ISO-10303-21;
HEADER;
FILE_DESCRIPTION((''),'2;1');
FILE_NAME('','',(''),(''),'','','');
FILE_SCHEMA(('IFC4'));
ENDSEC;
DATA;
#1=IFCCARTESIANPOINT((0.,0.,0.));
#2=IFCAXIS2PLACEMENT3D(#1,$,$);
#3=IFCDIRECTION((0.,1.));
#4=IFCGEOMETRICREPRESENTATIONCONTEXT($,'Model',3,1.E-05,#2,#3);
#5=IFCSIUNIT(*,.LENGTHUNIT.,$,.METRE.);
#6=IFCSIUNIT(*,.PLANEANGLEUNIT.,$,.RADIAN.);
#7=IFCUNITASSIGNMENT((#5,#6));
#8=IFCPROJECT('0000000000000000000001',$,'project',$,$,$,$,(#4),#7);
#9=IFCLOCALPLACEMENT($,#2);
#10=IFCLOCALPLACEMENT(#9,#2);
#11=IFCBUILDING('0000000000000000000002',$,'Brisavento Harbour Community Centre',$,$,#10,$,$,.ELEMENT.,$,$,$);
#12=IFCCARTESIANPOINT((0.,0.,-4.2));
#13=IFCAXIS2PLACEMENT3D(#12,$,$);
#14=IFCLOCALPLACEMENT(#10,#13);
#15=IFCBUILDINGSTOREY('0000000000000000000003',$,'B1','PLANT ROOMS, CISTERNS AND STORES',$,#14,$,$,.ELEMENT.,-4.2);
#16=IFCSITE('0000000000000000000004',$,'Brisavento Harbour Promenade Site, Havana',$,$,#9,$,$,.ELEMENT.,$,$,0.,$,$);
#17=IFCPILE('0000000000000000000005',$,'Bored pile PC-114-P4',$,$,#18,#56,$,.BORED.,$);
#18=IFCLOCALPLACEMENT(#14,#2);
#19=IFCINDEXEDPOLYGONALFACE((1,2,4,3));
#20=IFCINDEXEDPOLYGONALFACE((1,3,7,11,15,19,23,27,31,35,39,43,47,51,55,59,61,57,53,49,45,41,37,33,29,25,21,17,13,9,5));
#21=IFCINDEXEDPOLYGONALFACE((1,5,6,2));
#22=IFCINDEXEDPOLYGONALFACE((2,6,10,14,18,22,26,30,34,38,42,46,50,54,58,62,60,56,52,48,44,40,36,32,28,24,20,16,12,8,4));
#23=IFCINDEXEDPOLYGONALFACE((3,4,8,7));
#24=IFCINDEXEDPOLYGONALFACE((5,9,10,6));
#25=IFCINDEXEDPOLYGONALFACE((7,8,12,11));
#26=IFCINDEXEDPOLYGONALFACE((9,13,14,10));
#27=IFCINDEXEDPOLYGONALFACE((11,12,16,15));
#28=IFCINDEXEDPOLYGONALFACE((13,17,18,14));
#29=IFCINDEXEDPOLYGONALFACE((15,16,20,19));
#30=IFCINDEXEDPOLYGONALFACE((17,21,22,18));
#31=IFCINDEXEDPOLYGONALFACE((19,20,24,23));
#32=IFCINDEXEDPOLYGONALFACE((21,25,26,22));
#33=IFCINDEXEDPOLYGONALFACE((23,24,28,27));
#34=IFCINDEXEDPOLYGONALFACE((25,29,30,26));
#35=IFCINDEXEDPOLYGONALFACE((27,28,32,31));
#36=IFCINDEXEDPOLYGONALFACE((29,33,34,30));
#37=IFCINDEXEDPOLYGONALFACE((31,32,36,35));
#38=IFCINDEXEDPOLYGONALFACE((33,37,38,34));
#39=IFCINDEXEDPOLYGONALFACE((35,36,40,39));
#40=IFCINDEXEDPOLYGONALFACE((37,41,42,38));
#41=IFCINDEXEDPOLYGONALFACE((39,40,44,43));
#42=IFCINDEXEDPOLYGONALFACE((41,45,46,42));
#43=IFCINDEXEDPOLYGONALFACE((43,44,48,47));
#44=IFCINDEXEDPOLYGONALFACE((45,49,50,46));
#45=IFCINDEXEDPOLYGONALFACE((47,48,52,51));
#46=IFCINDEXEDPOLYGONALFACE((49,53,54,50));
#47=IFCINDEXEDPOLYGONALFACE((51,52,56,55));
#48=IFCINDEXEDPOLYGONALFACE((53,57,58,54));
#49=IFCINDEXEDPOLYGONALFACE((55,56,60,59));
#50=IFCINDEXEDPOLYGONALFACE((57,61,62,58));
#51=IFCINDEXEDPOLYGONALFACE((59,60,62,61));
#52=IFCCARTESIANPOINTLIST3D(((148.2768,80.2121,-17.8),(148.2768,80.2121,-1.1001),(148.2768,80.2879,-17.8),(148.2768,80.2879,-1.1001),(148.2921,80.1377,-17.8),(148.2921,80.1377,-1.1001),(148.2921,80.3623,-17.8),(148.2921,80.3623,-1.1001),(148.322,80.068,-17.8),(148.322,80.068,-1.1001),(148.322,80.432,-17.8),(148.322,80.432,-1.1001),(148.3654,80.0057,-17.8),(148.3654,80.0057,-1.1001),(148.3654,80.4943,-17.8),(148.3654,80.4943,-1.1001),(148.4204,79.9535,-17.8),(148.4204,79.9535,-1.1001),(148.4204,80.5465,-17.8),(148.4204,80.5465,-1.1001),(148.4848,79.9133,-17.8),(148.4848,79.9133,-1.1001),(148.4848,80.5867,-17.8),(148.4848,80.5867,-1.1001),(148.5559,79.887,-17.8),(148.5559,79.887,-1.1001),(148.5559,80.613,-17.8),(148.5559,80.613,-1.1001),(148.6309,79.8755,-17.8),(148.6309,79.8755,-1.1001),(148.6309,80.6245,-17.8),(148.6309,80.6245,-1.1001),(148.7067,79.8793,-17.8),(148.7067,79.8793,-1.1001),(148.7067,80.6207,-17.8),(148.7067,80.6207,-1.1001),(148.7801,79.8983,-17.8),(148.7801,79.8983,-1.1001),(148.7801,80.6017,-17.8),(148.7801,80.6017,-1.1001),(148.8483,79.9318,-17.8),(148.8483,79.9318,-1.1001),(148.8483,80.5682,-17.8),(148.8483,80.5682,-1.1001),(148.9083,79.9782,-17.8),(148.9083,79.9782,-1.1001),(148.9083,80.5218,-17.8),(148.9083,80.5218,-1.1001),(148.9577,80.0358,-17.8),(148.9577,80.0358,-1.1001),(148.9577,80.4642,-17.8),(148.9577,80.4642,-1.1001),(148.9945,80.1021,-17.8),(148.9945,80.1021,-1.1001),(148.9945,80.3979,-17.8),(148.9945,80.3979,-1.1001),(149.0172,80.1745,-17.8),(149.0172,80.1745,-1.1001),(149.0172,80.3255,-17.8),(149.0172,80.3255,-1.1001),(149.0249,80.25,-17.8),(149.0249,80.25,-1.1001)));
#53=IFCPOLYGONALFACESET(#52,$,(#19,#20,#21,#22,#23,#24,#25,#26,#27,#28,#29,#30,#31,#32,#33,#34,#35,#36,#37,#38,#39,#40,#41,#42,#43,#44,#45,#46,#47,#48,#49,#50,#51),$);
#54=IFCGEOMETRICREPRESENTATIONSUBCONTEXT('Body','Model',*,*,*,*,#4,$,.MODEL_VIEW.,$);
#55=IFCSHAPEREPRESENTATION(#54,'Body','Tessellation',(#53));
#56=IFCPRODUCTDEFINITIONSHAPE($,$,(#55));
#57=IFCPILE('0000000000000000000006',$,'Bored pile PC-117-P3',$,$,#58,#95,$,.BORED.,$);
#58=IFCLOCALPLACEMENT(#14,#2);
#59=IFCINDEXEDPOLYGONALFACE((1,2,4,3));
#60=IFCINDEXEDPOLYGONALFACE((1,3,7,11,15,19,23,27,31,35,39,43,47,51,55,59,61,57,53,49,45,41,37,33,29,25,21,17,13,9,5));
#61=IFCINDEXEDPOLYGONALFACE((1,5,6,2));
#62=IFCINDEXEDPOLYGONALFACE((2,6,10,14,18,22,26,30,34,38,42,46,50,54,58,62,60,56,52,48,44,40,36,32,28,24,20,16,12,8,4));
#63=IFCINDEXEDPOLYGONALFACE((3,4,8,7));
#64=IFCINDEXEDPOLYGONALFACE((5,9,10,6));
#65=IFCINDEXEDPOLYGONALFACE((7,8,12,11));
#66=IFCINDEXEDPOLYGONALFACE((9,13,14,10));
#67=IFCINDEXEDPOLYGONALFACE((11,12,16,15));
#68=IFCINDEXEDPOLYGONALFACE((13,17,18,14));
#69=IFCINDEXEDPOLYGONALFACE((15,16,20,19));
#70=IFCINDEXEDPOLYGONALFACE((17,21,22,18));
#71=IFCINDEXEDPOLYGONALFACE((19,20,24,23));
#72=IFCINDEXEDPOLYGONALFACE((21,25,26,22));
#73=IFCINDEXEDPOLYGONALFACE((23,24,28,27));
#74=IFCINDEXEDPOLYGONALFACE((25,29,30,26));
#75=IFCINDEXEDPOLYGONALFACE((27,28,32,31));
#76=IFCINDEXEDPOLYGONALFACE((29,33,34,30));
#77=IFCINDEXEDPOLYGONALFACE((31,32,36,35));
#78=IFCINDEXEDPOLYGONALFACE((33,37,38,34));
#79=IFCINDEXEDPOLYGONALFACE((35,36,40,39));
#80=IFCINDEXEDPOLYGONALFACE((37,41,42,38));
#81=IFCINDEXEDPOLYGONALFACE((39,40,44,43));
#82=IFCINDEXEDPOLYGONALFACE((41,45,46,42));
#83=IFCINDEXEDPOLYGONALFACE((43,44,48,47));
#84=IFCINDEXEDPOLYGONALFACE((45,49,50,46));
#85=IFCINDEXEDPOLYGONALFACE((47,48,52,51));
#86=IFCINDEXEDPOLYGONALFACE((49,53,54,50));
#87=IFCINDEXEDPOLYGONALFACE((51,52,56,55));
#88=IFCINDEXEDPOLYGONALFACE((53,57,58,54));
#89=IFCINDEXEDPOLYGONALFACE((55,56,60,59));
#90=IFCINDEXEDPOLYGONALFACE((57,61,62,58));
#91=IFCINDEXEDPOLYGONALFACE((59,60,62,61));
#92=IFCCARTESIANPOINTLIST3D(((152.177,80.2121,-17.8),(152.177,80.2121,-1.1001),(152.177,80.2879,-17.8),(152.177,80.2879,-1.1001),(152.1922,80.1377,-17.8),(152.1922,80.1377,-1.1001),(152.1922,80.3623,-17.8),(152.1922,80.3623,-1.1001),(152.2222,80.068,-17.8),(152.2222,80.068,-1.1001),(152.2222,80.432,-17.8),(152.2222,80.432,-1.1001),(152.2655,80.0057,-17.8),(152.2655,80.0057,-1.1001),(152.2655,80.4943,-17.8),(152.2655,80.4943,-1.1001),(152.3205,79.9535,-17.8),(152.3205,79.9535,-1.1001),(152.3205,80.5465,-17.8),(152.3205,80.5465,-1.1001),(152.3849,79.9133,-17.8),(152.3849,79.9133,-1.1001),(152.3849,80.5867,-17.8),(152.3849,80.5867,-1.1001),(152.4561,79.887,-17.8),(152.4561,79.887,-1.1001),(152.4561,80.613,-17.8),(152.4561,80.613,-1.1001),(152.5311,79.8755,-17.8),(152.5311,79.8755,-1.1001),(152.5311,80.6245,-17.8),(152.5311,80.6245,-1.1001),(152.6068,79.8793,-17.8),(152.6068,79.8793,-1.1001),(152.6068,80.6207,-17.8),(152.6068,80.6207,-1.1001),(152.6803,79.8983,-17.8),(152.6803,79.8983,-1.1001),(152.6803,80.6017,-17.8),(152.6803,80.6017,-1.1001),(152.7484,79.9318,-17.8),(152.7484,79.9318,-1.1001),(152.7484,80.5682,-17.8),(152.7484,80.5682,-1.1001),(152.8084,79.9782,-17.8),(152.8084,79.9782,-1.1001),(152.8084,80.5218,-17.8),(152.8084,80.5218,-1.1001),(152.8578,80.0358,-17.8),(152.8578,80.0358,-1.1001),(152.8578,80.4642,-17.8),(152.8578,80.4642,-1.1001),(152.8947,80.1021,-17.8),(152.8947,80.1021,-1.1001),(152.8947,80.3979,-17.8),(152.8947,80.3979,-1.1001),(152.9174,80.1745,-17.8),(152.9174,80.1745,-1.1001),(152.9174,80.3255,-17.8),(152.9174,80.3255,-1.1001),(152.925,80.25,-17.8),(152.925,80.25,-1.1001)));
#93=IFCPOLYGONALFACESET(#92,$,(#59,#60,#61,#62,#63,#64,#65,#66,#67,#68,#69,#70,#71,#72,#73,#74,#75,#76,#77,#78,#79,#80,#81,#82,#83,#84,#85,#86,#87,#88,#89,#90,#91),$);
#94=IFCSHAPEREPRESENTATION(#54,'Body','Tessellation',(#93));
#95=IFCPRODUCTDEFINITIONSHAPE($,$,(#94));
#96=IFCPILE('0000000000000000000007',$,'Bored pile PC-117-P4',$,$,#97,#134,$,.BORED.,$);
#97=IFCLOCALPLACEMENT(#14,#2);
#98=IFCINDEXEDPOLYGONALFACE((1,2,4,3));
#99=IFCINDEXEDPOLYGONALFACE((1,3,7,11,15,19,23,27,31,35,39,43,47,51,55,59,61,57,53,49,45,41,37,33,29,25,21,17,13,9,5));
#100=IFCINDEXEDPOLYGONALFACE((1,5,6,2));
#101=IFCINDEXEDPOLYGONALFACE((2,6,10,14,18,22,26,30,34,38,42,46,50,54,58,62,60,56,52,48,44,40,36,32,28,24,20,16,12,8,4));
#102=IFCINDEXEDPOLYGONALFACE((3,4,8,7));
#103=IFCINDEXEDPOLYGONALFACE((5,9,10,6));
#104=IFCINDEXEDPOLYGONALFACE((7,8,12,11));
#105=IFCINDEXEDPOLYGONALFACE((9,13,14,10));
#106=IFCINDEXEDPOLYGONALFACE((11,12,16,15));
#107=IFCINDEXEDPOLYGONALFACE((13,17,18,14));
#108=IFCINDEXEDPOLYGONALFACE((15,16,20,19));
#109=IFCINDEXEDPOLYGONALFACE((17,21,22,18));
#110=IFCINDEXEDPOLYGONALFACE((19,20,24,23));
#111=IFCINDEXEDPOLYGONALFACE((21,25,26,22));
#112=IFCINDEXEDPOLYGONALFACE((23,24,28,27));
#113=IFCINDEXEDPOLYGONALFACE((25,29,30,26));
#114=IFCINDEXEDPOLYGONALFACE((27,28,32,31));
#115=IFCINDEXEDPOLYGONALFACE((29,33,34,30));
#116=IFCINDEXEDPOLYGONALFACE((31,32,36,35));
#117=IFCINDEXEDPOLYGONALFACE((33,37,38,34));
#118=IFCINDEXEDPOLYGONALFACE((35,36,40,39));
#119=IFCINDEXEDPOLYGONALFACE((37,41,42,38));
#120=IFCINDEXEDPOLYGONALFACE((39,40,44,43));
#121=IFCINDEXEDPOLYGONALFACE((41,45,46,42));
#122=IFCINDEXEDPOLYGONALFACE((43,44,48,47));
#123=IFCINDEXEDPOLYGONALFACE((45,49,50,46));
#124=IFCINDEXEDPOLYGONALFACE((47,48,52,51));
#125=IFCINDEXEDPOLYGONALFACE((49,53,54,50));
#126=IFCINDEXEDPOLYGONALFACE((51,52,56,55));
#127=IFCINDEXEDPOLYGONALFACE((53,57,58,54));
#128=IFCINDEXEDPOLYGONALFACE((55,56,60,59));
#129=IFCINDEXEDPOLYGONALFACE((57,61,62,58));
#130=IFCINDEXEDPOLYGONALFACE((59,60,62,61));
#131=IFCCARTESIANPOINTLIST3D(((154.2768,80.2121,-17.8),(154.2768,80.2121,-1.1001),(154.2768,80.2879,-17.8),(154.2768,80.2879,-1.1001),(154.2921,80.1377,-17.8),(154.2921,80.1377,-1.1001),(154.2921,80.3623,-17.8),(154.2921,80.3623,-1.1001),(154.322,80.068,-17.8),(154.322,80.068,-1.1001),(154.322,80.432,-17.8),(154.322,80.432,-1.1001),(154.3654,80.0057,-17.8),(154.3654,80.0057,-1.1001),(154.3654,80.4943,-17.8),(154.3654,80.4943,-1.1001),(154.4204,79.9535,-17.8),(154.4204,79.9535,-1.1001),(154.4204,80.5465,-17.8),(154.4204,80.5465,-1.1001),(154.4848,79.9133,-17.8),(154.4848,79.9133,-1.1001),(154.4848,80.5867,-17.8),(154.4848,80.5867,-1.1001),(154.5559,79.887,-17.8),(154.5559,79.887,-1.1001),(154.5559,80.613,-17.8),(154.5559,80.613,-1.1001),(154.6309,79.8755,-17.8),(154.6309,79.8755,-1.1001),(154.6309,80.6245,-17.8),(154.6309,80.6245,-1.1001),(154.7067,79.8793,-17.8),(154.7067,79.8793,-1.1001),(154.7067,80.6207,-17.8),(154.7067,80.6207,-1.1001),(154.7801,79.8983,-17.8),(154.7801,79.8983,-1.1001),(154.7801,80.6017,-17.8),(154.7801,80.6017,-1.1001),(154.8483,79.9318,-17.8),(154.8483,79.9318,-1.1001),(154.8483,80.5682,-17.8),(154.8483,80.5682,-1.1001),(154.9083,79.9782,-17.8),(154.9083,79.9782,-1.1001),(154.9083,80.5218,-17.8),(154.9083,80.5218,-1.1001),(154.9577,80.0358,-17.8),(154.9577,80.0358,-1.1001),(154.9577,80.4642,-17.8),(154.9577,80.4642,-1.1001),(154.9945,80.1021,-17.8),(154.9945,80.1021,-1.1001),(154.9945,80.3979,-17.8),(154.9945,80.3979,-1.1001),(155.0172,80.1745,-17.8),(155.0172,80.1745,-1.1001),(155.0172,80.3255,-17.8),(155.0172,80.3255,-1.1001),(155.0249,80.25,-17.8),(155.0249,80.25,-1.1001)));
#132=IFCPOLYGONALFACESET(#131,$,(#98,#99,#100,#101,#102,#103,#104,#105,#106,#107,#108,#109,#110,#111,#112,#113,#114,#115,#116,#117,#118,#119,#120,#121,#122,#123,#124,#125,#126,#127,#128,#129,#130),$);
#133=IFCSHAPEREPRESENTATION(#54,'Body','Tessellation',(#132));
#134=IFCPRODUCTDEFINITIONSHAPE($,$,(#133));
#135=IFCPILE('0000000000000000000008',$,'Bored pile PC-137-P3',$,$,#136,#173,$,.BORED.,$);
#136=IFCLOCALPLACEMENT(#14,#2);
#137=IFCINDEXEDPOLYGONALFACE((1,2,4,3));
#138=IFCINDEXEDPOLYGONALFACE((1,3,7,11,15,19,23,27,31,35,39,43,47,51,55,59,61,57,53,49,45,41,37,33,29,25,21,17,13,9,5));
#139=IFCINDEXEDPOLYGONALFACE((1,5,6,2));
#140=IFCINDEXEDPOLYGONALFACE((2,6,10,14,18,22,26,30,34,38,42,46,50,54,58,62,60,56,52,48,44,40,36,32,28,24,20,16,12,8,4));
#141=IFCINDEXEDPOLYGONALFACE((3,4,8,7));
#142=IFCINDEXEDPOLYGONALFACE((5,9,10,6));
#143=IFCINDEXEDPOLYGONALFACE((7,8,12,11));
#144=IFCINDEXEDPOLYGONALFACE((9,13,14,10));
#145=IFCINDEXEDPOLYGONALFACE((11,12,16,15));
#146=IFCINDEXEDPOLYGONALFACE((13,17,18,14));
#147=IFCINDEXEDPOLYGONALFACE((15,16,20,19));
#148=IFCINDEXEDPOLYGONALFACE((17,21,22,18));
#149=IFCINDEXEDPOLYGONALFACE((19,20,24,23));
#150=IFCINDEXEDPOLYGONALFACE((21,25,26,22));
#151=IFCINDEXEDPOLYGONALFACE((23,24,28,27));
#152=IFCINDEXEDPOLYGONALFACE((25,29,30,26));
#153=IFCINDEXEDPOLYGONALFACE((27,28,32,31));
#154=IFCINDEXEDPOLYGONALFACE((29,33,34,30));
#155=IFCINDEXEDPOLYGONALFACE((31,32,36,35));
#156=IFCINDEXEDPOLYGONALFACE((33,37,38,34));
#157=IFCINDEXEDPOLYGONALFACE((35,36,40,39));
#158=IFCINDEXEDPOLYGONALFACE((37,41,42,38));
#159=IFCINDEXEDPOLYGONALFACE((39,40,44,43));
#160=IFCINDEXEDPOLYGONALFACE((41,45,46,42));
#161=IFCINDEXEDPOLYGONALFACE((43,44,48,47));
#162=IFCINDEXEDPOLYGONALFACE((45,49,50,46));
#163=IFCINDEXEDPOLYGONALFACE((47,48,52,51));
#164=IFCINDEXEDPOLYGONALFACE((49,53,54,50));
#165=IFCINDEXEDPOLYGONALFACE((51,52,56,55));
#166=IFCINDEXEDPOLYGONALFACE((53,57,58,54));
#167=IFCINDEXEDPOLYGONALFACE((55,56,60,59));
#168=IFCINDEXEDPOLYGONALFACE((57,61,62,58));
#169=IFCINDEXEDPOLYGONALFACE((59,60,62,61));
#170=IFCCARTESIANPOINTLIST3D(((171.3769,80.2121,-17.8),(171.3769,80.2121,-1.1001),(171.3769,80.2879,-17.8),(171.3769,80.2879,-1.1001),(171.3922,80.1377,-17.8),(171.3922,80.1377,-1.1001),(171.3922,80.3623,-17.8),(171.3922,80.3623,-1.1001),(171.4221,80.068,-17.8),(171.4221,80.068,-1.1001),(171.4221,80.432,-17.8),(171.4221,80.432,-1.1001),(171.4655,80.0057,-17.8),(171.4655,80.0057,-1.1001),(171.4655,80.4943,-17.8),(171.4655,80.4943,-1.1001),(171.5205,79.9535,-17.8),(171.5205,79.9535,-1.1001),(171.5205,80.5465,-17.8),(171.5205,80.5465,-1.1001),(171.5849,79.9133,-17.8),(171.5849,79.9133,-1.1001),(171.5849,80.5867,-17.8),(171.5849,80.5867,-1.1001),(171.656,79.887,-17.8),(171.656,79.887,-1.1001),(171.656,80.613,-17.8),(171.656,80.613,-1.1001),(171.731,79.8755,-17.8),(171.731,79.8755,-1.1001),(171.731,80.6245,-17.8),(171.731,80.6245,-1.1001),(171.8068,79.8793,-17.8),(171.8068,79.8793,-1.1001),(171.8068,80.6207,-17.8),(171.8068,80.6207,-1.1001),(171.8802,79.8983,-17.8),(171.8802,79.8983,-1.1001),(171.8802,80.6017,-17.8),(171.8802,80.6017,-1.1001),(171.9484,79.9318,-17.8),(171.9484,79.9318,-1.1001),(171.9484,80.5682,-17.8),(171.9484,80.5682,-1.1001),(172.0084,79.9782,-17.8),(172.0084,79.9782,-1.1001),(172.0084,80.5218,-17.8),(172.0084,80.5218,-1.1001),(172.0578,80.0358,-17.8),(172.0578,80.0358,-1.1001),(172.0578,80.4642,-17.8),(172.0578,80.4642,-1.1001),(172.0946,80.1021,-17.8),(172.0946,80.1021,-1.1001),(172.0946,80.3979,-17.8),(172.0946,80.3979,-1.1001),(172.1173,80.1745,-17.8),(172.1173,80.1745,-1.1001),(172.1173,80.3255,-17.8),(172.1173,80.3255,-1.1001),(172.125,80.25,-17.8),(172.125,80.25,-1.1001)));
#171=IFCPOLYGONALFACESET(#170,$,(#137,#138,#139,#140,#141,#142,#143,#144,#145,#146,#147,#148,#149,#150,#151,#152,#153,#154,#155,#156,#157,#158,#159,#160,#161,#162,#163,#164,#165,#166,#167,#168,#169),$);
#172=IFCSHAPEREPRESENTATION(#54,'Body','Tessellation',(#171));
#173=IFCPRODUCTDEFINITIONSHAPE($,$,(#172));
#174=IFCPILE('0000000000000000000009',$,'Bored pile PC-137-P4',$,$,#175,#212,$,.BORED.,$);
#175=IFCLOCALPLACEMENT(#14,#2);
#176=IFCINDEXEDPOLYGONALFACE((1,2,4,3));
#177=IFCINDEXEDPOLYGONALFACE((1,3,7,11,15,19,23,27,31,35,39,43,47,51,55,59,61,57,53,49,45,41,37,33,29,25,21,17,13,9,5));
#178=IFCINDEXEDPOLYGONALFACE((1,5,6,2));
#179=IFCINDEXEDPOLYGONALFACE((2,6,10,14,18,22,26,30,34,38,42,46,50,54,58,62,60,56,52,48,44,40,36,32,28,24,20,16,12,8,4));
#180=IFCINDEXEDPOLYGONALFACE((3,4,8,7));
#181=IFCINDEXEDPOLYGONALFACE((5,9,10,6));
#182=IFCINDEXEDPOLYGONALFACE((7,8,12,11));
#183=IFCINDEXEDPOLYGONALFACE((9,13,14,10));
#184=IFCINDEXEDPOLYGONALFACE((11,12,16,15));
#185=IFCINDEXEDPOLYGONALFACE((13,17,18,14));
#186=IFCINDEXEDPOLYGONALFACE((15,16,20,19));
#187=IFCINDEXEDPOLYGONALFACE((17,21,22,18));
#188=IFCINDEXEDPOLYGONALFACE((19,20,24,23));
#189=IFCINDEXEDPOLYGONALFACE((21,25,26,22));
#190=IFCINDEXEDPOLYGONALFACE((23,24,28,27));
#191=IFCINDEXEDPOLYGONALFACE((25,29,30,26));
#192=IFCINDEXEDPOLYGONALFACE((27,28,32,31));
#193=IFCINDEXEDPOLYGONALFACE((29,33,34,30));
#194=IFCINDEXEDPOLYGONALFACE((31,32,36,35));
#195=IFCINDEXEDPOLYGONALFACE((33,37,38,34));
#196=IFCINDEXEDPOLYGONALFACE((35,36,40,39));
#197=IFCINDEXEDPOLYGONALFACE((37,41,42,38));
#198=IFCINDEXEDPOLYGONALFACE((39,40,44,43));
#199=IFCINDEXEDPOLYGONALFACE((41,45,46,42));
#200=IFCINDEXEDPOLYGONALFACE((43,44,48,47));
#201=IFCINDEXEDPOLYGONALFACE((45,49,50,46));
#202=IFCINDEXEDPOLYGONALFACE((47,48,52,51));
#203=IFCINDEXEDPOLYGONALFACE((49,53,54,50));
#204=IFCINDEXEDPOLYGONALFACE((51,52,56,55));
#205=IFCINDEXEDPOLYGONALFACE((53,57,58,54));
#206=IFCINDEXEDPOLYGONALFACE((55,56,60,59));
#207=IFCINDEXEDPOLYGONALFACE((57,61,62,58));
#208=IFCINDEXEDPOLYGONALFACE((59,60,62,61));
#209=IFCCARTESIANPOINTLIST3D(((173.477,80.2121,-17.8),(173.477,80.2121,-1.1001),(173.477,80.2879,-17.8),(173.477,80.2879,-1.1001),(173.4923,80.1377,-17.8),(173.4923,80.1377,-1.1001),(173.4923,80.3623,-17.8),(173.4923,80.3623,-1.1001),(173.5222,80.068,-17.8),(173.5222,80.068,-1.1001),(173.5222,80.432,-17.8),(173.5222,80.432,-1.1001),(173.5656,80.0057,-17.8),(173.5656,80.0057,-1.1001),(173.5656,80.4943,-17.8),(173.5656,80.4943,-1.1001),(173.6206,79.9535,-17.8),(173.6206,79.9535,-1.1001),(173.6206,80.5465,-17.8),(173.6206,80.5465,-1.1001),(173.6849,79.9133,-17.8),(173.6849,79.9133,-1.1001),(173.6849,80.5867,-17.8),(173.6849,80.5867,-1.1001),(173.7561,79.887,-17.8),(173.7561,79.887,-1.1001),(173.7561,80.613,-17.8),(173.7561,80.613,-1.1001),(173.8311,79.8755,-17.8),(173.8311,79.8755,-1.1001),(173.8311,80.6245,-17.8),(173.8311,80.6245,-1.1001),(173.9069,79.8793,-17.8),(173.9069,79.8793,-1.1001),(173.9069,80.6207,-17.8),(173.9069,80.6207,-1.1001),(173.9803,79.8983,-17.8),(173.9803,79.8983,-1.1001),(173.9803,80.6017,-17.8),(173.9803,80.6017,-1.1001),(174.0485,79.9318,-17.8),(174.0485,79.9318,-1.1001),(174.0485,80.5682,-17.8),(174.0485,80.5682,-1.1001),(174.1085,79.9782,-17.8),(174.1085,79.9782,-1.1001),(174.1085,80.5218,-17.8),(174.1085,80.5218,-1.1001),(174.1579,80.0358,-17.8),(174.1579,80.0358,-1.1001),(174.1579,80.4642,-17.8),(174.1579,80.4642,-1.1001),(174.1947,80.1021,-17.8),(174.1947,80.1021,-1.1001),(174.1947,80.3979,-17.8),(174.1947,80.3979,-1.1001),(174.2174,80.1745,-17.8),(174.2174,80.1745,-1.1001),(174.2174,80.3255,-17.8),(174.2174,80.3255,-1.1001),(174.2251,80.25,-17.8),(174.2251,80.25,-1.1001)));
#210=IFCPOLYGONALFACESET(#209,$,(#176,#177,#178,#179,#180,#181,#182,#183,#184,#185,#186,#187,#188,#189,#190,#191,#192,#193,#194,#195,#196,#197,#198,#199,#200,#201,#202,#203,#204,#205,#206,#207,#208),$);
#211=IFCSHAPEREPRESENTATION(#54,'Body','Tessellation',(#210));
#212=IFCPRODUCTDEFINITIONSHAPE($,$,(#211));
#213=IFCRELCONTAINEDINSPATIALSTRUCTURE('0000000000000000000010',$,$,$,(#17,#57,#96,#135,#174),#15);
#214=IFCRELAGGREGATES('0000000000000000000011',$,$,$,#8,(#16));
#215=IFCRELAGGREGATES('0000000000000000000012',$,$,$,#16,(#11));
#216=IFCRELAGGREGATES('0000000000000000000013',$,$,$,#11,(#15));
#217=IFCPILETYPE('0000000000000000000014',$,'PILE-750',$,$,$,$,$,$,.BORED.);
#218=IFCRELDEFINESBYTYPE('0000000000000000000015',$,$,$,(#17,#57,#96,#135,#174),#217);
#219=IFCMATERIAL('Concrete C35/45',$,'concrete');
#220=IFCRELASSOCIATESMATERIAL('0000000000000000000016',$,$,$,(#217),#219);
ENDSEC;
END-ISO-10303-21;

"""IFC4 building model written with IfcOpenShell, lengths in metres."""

from ifc_helpers import new_model, si_unit, direction, frame, origin, origin_2d, place, context, subcontext, project, spatial, circle, extrude, material, material_profile, profile_set, type_object, element, save


model = new_model("IFC4")

# Units and contexts
model_context = context("Model", 3, precision=1e-05, world=origin(), true_north=direction((0.0, 1.0)))
body_context = subcontext(model_context, "Body", "Model", "MODEL_VIEW")
ifc_project = project(units=[si_unit("LENGTHUNIT", "METRE"), si_unit("PLANEANGLEUNIT", "RADIAN")], contexts=[model_context])

# Site, building, storey
site_placement = place(None, origin())
site = spatial("IfcSite", under=ifc_project, at=site_placement, Name="Brisavento Harbour Promenade Site, Havana", CompositionType="ELEMENT", RefElevation=0.0)
building_placement = place(site_placement, origin())
building = spatial("IfcBuilding", under=site, at=building_placement, Name="Brisavento Harbour Community Centre", CompositionType="ELEMENT")
storey_placement = place(building_placement, frame((0.0, 0.0, -4.2)))
storey = spatial("IfcBuildingStorey", under=building, at=storey_placement, Name="B1", Description="PLANT ROOMS, CISTERNS AND STORES", CompositionType="ELEMENT", Elevation=-4.2)

# Piles
ifc_material_1 = material(Name="Concrete C35/45", Category="concrete")
ifc_material_profile_1 = material_profile(ifc_material_1, circle(Radius=0.375, at=origin_2d()), Name="Concrete C35/45")
ifc_profile_set_1 = profile_set([ifc_material_profile_1], Name="Concrete C35/45")
pile_type = type_object("IfcPileType", Name="PILE-750", PredefinedType="BORED", material=ifc_profile_set_1)
for number, where, z_axis, x_axis, name in (
    (1, (148.6499, 80.25, -1.1001), (0.0, 0.0, -1.0), (1.0, 0.0, 0.0), "Bored pile PC-114-P4"),
    (2, (152.55, 80.25, -1.1001), (0.0, 0.0, -1.0), (1.0, 0.0, 0.0), "Bored pile PC-117-P3"),
    (3, (154.6499, 80.25, -1.1001), (0.0, 0.0, -1.0), (1.0, 0.0, 0.0), "Bored pile PC-117-P4"),
    (4, (171.75, 80.25, -1.1001), (0.0, 0.0, -1.0), (1.0, 0.0, 0.0), "Bored pile PC-137-P3"),
    (5, (173.8501, 80.25, -1.1001), (0.0, 0.0, -1.0), (1.0, 0.0, 0.0), "Bored pile PC-137-P4"),
):
    element("IfcPile", number, at=place(storey_placement, frame(where, z_axis=z_axis, x_axis=x_axis)), inside=storey, type_object=pile_type, Name=name, PredefinedType="BORED", context=body_context, shape_type="SweptSolid", body=[
        extrude(circle(Radius=0.375, at=origin_2d()), origin(), (0.0, 0.0, 1.0), 16.7),
    ])

save(model, "model.ifc")
